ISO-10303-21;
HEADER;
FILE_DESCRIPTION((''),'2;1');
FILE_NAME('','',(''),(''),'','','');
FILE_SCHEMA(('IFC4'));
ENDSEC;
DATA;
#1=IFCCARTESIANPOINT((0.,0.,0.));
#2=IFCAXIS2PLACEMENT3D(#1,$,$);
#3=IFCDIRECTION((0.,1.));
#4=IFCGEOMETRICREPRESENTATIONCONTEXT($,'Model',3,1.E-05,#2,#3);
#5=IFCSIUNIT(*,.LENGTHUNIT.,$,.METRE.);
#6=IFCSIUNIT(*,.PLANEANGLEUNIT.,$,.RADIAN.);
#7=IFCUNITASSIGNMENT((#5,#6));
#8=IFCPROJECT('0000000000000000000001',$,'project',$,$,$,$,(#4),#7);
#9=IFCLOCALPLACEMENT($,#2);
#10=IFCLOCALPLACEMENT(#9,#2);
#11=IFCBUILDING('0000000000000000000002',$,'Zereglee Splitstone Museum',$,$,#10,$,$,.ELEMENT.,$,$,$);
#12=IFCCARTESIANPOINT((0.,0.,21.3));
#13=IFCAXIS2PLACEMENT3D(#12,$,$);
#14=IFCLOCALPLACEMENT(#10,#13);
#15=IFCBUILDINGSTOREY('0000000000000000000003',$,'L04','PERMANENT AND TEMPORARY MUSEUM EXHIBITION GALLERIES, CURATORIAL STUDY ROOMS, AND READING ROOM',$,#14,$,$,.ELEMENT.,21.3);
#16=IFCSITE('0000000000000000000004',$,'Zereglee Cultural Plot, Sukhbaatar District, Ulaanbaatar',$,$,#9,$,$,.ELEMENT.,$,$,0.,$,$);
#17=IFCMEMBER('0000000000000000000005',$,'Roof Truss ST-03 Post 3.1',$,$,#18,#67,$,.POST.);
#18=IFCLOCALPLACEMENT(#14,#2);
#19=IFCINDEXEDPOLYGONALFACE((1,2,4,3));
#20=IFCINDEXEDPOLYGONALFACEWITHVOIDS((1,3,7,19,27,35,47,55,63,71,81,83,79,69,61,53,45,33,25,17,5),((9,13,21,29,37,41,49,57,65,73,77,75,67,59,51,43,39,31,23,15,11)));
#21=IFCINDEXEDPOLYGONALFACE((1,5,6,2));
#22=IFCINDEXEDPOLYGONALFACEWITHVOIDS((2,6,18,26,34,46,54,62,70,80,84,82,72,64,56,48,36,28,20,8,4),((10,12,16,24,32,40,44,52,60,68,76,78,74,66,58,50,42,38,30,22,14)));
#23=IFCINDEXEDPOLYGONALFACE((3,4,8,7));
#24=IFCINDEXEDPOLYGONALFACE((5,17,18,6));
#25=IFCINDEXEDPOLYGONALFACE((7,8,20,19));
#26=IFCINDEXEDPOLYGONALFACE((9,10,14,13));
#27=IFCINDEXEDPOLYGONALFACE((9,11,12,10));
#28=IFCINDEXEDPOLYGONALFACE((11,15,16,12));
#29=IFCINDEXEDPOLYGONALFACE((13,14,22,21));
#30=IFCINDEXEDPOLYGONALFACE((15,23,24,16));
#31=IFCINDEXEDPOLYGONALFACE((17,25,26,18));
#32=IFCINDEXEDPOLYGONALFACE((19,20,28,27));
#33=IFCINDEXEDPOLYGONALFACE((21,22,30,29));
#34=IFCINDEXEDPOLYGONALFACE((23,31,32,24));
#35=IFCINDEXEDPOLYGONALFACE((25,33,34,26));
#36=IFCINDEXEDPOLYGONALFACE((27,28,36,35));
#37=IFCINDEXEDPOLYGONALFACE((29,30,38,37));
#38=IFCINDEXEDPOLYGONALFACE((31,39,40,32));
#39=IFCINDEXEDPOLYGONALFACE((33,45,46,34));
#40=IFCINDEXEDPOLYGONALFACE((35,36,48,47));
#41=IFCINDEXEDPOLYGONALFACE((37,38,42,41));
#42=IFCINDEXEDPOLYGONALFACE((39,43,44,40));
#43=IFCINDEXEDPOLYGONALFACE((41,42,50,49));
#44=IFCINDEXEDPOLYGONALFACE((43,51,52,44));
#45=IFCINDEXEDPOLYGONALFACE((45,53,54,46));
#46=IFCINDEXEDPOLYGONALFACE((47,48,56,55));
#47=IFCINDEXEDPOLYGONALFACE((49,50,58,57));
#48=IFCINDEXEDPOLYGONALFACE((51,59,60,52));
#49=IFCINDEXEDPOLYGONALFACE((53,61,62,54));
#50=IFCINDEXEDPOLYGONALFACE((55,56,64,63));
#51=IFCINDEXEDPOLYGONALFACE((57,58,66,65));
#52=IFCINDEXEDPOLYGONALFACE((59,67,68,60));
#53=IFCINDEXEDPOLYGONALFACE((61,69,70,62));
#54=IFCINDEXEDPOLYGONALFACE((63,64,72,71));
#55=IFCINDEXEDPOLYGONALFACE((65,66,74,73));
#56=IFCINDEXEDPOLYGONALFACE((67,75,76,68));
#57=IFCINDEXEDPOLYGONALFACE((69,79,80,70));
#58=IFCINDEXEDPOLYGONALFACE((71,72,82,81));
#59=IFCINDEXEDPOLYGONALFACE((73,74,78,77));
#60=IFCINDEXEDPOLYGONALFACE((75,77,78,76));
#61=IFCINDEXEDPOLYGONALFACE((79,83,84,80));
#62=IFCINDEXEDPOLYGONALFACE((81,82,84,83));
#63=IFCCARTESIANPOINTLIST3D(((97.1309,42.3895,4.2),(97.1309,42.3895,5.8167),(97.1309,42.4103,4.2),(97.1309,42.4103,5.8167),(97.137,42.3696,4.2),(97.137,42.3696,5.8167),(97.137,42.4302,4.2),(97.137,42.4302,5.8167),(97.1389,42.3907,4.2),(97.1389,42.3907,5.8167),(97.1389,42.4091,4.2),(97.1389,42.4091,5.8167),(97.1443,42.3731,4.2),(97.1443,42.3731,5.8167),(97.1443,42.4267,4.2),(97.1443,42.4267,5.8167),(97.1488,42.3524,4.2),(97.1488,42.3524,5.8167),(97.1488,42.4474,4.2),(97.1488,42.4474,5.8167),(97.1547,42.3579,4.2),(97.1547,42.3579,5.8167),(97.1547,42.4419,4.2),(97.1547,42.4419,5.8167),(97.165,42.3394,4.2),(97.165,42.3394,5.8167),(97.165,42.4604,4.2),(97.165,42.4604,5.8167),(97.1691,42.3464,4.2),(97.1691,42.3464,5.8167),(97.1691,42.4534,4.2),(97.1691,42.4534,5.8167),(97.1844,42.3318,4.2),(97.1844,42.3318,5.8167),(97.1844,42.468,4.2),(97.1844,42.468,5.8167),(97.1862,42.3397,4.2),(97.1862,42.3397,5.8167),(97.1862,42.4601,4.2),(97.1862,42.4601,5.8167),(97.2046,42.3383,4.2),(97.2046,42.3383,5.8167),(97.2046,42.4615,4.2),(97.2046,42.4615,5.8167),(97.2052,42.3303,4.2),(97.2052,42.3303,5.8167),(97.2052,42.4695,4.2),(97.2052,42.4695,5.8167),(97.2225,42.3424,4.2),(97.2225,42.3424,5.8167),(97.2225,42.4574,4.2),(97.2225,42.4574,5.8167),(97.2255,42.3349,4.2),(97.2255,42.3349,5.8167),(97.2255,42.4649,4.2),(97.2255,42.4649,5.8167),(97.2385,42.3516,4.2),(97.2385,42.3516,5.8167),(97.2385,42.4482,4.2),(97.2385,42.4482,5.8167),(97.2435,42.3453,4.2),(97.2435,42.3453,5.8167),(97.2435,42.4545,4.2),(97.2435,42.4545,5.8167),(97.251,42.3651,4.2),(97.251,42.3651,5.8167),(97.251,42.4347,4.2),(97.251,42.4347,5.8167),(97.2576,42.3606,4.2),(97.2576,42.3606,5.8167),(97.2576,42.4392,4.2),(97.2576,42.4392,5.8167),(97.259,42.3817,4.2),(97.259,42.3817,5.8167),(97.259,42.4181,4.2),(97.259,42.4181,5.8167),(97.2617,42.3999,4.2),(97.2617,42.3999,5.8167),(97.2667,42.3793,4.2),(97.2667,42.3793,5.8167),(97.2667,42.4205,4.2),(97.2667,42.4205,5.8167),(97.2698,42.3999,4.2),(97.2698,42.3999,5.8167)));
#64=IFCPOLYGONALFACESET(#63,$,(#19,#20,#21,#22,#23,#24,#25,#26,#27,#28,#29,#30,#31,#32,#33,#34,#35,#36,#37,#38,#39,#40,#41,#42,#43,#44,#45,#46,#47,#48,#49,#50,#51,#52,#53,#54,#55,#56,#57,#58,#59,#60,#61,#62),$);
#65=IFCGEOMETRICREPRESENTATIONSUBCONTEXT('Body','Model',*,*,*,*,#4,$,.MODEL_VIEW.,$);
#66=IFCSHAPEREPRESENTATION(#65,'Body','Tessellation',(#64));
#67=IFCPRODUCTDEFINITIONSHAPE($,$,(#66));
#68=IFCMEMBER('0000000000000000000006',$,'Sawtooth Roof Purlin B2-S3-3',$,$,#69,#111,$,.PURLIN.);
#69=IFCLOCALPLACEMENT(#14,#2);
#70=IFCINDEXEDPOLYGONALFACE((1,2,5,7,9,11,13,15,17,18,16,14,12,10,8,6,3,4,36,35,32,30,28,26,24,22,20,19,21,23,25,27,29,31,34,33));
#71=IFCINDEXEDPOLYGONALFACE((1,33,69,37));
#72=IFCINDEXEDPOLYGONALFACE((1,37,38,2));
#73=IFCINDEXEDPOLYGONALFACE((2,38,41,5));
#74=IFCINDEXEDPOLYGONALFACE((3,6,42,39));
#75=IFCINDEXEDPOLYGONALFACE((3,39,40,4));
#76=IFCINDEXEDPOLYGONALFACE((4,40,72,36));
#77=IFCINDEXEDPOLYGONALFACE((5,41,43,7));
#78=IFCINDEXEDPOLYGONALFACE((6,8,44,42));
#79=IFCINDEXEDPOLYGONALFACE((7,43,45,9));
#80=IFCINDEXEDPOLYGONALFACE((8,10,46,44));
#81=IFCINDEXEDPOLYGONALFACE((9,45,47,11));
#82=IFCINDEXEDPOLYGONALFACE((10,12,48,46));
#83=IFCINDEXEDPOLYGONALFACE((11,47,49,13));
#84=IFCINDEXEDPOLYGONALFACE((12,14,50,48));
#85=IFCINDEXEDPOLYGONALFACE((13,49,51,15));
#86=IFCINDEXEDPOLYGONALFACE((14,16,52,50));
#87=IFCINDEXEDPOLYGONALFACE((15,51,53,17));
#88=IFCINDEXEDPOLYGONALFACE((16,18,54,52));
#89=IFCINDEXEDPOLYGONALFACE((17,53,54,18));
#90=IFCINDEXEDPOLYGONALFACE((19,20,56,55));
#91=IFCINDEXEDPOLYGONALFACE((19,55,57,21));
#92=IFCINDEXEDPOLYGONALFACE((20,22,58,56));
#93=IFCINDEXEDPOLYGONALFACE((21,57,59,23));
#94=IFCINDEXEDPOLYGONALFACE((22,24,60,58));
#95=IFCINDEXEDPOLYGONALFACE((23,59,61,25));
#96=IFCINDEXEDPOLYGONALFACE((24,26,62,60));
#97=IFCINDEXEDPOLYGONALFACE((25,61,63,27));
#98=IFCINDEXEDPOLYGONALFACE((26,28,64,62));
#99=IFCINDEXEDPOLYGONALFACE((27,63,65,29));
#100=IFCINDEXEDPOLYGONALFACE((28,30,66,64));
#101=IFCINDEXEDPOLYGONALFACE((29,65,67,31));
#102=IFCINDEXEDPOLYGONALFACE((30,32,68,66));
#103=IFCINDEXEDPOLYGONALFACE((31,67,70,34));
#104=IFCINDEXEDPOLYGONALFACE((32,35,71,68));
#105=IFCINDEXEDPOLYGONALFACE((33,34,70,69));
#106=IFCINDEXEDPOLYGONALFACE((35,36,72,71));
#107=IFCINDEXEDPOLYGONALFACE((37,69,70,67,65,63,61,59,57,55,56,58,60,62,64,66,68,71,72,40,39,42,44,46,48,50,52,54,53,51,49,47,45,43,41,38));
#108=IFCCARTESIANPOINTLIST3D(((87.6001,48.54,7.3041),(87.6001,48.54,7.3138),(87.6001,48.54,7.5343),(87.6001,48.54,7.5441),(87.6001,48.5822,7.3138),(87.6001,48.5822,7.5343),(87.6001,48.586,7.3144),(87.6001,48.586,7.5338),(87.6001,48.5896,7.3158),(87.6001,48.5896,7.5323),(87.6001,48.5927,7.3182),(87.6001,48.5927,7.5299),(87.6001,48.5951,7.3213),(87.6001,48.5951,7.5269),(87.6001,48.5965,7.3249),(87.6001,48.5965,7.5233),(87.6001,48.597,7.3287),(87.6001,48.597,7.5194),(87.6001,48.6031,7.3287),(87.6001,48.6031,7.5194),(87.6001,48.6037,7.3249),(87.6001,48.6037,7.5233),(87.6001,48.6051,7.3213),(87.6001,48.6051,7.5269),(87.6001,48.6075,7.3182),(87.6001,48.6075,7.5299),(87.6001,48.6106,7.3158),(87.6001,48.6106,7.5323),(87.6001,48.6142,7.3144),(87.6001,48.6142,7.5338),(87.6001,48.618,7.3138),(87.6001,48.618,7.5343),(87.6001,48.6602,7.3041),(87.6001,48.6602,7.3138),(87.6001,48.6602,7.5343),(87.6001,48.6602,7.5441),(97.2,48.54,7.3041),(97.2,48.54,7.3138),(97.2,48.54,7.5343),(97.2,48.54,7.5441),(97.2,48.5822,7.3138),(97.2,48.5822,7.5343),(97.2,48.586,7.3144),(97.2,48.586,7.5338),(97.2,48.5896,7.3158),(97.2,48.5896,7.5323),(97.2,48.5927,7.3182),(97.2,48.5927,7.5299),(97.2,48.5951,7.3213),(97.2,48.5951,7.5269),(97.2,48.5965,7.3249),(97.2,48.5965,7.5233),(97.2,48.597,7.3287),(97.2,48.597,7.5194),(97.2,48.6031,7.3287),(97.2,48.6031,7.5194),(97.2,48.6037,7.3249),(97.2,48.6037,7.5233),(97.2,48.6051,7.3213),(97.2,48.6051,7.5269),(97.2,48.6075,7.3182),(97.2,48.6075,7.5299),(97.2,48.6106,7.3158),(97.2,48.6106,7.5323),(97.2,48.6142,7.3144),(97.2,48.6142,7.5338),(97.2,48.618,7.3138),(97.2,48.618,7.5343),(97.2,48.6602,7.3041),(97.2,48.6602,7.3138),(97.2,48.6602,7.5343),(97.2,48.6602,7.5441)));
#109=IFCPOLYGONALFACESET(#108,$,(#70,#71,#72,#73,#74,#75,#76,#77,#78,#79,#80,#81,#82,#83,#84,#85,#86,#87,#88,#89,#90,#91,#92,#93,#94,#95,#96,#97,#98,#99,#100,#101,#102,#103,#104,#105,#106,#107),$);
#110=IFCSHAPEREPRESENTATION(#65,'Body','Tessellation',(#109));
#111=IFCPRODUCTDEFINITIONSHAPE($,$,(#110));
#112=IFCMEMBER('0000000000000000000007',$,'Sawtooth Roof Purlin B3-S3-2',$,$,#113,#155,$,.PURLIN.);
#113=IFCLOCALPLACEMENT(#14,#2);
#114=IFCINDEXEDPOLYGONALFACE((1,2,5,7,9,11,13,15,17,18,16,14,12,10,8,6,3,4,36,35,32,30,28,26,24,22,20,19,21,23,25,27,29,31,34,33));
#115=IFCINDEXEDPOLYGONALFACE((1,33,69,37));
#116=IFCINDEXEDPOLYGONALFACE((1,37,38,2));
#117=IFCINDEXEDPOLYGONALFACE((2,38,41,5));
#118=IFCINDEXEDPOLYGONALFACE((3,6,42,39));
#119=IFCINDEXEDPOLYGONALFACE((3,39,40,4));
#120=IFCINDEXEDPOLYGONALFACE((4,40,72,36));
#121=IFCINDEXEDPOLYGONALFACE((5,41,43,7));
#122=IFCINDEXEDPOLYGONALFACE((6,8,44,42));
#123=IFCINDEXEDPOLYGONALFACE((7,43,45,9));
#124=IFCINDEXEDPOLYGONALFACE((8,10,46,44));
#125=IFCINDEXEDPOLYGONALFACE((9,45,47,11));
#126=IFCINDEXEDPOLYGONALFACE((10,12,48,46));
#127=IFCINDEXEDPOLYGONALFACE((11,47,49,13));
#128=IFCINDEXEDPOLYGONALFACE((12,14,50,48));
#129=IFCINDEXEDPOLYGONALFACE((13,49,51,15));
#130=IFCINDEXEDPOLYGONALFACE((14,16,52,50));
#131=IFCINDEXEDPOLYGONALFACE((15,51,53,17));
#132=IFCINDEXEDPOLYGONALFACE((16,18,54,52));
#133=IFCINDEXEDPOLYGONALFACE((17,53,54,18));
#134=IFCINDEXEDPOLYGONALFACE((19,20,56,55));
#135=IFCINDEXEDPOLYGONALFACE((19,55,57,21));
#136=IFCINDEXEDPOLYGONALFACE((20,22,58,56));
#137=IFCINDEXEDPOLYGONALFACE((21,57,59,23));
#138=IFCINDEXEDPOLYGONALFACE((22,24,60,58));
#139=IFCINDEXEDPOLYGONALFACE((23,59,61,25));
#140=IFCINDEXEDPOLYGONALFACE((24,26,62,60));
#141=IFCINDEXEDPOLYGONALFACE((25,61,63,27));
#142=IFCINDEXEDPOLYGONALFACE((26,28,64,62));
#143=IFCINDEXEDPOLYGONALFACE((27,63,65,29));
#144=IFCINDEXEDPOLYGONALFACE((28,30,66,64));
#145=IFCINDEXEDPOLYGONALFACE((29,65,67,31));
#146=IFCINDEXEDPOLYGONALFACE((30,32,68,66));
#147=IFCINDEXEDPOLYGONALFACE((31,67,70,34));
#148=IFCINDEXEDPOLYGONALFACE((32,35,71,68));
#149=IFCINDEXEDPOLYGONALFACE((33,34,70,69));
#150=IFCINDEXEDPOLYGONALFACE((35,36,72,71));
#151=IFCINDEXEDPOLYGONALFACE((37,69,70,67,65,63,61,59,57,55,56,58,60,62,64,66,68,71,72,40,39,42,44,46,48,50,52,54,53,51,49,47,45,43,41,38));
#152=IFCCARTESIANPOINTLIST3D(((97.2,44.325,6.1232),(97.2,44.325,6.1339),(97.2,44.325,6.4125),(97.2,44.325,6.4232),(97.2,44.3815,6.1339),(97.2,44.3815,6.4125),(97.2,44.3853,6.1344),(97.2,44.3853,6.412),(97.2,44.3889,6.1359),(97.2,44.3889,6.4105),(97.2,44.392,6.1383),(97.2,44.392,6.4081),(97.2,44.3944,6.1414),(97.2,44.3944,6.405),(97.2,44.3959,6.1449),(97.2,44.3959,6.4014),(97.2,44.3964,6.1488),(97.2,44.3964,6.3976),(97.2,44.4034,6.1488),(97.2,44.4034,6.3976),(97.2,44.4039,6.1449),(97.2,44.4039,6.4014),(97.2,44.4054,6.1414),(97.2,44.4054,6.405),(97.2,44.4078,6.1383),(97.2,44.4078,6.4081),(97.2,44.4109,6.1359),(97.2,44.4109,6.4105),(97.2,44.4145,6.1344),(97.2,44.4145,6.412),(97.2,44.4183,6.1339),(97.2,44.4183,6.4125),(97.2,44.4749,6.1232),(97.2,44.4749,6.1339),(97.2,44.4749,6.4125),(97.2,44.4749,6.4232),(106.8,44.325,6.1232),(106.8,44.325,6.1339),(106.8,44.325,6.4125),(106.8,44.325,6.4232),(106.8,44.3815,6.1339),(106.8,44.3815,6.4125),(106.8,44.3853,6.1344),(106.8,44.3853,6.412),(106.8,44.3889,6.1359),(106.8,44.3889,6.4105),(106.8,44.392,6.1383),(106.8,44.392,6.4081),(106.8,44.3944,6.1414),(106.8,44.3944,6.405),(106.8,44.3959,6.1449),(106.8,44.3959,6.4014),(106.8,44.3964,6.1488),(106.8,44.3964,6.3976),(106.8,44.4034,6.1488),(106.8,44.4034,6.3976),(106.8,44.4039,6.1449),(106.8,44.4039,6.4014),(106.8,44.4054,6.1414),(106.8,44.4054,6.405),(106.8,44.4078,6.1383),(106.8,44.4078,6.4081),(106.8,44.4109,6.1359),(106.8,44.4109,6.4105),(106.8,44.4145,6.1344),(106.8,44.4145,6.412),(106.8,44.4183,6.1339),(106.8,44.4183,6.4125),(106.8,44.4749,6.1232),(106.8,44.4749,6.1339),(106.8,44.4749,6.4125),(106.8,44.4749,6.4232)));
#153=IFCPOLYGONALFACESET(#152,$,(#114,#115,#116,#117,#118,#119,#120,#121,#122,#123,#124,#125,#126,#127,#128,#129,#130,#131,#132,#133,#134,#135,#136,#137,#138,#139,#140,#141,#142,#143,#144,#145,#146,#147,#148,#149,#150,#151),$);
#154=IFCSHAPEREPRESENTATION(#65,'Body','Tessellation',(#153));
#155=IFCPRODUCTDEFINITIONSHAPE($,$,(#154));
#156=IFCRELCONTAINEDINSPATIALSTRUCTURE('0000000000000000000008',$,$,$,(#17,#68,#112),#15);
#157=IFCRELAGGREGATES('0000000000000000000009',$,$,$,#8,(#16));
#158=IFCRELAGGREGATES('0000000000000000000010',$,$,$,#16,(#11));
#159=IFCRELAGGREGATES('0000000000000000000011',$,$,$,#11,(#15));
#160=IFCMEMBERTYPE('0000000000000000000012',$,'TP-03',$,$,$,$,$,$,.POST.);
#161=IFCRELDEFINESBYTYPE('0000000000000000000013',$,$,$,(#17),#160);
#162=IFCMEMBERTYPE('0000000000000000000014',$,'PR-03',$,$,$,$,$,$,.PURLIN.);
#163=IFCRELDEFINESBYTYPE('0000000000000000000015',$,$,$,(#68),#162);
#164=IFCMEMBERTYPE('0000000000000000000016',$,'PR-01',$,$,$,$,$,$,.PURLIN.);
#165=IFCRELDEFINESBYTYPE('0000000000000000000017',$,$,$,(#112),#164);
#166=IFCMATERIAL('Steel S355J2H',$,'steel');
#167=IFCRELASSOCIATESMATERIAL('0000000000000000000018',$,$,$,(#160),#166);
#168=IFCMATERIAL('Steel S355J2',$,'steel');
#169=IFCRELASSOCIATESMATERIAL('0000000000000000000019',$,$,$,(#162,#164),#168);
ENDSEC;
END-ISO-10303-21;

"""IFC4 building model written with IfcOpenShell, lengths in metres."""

from ifc_helpers import new_model, si_unit, direction, frame, origin, origin_2d, place, context, subcontext, project, spatial, hollow_circle, i_section, extrude, material, material_profile, profile_set, type_object, element, save


model = new_model("IFC4")

# Units and contexts
model_context = context("Model", 3, precision=1e-05, world=origin(), true_north=direction((0.0, 1.0)))
body_context = subcontext(model_context, "Body", "Model", "MODEL_VIEW")
ifc_project = project(units=[si_unit("LENGTHUNIT", "METRE"), si_unit("PLANEANGLEUNIT", "RADIAN")], contexts=[model_context])

# Site, building, storey
site_placement = place(None, origin())
site = spatial("IfcSite", under=ifc_project, at=site_placement, Name="Zereglee Cultural Plot, Sukhbaatar District, Ulaanbaatar", CompositionType="ELEMENT", RefElevation=0.0)
building_placement = place(site_placement, origin())
building = spatial("IfcBuilding", under=site, at=building_placement, Name="Zereglee Splitstone Museum", CompositionType="ELEMENT")
storey_placement = place(building_placement, frame((0.0, 0.0, 21.3)))
storey = spatial("IfcBuildingStorey", under=building, at=storey_placement, Name="L04", Description="PERMANENT AND TEMPORARY MUSEUM EXHIBITION GALLERIES, CURATORIAL STUDY ROOMS, AND READING ROOM", CompositionType="ELEMENT", Elevation=21.3)

# Shared definitions
ifc_material_1 = material(Name="Steel S355J2", Category="steel")

# Shared definitions
ifc_material_2 = material(Name="Steel S355J2H", Category="steel")

# Members
ifc_material_profile_1 = material_profile(ifc_material_2, hollow_circle(Radius=0.0698, WallThickness=0.0081, at=origin_2d()), Name="CHS 139.7x8")
ifc_profile_set_1 = profile_set([ifc_material_profile_1], Name="Steel S355J2H")
member_type_1 = type_object("IfcMemberType", Name="TP-03", PredefinedType="POST", material=ifc_profile_set_1)
member_1_placement = place(storey_placement, frame((97.2, 42.3999, 4.2), z_axis=(0.0, 0.0, 1.0), x_axis=(1.0, 0.0, 0.0)))
element("IfcMember", 1, at=member_1_placement, inside=storey, type_object=member_type_1, Name="Roof Truss ST-03 Post 3.1", PredefinedType="POST", context=body_context, shape_type="SweptSolid", body=[
    extrude(hollow_circle(Radius=0.0698, WallThickness=0.0081, at=origin_2d()), origin(), (0.0, 0.0, 1.0), 1.6167),
])
ifc_material_profile_2 = material_profile(ifc_material_1, i_section(OverallWidth=0.1201, OverallDepth=0.24, WebThickness=0.0061, FlangeThickness=0.0098, FilletRadius=0.0149, at=origin_2d()), Name="IPE 240")
ifc_profile_set_2 = profile_set([ifc_material_profile_2], Name="Steel S355J2")
member_type_2 = type_object("IfcMemberType", Name="PR-03", PredefinedType="PURLIN", material=ifc_profile_set_2)
member_2_placement = place(storey_placement, frame((87.6001, 48.6001, 7.4241), z_axis=(1.0, 0.0, 0.0), x_axis=(0.0, 1.0, 0.0)))
element("IfcMember", 2, at=member_2_placement, inside=storey, type_object=member_type_2, Name="Sawtooth Roof Purlin B2-S3-3", PredefinedType="PURLIN", context=body_context, shape_type="SweptSolid", body=[
    extrude(i_section(OverallWidth=0.1201, OverallDepth=0.24, WebThickness=0.0061, FlangeThickness=0.0098, FilletRadius=0.0149, at=origin_2d()), origin(), (0.0, 0.0, 1.0), 9.5999),
])
ifc_material_profile_3 = material_profile(ifc_material_1, i_section(OverallWidth=0.1499, OverallDepth=0.3, WebThickness=0.0071, FlangeThickness=0.0107, FilletRadius=0.0149, at=origin_2d()), Name="IPE 300")
ifc_profile_set_3 = profile_set([ifc_material_profile_3], Name="Steel S355J2")
member_type_3 = type_object("IfcMemberType", Name="PR-01", PredefinedType="PURLIN", material=ifc_profile_set_3)
member_3_placement = place(storey_placement, frame((97.2, 44.3999, 6.2732), z_axis=(1.0, 0.0, 0.0), x_axis=(0.0, 1.0, 0.0)))
element("IfcMember", 3, at=member_3_placement, inside=storey, type_object=member_type_3, Name="Sawtooth Roof Purlin B3-S3-2", PredefinedType="PURLIN", context=body_context, shape_type="SweptSolid", body=[
    extrude(i_section(OverallWidth=0.1499, OverallDepth=0.3, WebThickness=0.0071, FlangeThickness=0.0107, FilletRadius=0.0149, at=origin_2d()), origin(), (0.0, 0.0, 1.0), 9.6001),
])

save(model, "model.ifc")
